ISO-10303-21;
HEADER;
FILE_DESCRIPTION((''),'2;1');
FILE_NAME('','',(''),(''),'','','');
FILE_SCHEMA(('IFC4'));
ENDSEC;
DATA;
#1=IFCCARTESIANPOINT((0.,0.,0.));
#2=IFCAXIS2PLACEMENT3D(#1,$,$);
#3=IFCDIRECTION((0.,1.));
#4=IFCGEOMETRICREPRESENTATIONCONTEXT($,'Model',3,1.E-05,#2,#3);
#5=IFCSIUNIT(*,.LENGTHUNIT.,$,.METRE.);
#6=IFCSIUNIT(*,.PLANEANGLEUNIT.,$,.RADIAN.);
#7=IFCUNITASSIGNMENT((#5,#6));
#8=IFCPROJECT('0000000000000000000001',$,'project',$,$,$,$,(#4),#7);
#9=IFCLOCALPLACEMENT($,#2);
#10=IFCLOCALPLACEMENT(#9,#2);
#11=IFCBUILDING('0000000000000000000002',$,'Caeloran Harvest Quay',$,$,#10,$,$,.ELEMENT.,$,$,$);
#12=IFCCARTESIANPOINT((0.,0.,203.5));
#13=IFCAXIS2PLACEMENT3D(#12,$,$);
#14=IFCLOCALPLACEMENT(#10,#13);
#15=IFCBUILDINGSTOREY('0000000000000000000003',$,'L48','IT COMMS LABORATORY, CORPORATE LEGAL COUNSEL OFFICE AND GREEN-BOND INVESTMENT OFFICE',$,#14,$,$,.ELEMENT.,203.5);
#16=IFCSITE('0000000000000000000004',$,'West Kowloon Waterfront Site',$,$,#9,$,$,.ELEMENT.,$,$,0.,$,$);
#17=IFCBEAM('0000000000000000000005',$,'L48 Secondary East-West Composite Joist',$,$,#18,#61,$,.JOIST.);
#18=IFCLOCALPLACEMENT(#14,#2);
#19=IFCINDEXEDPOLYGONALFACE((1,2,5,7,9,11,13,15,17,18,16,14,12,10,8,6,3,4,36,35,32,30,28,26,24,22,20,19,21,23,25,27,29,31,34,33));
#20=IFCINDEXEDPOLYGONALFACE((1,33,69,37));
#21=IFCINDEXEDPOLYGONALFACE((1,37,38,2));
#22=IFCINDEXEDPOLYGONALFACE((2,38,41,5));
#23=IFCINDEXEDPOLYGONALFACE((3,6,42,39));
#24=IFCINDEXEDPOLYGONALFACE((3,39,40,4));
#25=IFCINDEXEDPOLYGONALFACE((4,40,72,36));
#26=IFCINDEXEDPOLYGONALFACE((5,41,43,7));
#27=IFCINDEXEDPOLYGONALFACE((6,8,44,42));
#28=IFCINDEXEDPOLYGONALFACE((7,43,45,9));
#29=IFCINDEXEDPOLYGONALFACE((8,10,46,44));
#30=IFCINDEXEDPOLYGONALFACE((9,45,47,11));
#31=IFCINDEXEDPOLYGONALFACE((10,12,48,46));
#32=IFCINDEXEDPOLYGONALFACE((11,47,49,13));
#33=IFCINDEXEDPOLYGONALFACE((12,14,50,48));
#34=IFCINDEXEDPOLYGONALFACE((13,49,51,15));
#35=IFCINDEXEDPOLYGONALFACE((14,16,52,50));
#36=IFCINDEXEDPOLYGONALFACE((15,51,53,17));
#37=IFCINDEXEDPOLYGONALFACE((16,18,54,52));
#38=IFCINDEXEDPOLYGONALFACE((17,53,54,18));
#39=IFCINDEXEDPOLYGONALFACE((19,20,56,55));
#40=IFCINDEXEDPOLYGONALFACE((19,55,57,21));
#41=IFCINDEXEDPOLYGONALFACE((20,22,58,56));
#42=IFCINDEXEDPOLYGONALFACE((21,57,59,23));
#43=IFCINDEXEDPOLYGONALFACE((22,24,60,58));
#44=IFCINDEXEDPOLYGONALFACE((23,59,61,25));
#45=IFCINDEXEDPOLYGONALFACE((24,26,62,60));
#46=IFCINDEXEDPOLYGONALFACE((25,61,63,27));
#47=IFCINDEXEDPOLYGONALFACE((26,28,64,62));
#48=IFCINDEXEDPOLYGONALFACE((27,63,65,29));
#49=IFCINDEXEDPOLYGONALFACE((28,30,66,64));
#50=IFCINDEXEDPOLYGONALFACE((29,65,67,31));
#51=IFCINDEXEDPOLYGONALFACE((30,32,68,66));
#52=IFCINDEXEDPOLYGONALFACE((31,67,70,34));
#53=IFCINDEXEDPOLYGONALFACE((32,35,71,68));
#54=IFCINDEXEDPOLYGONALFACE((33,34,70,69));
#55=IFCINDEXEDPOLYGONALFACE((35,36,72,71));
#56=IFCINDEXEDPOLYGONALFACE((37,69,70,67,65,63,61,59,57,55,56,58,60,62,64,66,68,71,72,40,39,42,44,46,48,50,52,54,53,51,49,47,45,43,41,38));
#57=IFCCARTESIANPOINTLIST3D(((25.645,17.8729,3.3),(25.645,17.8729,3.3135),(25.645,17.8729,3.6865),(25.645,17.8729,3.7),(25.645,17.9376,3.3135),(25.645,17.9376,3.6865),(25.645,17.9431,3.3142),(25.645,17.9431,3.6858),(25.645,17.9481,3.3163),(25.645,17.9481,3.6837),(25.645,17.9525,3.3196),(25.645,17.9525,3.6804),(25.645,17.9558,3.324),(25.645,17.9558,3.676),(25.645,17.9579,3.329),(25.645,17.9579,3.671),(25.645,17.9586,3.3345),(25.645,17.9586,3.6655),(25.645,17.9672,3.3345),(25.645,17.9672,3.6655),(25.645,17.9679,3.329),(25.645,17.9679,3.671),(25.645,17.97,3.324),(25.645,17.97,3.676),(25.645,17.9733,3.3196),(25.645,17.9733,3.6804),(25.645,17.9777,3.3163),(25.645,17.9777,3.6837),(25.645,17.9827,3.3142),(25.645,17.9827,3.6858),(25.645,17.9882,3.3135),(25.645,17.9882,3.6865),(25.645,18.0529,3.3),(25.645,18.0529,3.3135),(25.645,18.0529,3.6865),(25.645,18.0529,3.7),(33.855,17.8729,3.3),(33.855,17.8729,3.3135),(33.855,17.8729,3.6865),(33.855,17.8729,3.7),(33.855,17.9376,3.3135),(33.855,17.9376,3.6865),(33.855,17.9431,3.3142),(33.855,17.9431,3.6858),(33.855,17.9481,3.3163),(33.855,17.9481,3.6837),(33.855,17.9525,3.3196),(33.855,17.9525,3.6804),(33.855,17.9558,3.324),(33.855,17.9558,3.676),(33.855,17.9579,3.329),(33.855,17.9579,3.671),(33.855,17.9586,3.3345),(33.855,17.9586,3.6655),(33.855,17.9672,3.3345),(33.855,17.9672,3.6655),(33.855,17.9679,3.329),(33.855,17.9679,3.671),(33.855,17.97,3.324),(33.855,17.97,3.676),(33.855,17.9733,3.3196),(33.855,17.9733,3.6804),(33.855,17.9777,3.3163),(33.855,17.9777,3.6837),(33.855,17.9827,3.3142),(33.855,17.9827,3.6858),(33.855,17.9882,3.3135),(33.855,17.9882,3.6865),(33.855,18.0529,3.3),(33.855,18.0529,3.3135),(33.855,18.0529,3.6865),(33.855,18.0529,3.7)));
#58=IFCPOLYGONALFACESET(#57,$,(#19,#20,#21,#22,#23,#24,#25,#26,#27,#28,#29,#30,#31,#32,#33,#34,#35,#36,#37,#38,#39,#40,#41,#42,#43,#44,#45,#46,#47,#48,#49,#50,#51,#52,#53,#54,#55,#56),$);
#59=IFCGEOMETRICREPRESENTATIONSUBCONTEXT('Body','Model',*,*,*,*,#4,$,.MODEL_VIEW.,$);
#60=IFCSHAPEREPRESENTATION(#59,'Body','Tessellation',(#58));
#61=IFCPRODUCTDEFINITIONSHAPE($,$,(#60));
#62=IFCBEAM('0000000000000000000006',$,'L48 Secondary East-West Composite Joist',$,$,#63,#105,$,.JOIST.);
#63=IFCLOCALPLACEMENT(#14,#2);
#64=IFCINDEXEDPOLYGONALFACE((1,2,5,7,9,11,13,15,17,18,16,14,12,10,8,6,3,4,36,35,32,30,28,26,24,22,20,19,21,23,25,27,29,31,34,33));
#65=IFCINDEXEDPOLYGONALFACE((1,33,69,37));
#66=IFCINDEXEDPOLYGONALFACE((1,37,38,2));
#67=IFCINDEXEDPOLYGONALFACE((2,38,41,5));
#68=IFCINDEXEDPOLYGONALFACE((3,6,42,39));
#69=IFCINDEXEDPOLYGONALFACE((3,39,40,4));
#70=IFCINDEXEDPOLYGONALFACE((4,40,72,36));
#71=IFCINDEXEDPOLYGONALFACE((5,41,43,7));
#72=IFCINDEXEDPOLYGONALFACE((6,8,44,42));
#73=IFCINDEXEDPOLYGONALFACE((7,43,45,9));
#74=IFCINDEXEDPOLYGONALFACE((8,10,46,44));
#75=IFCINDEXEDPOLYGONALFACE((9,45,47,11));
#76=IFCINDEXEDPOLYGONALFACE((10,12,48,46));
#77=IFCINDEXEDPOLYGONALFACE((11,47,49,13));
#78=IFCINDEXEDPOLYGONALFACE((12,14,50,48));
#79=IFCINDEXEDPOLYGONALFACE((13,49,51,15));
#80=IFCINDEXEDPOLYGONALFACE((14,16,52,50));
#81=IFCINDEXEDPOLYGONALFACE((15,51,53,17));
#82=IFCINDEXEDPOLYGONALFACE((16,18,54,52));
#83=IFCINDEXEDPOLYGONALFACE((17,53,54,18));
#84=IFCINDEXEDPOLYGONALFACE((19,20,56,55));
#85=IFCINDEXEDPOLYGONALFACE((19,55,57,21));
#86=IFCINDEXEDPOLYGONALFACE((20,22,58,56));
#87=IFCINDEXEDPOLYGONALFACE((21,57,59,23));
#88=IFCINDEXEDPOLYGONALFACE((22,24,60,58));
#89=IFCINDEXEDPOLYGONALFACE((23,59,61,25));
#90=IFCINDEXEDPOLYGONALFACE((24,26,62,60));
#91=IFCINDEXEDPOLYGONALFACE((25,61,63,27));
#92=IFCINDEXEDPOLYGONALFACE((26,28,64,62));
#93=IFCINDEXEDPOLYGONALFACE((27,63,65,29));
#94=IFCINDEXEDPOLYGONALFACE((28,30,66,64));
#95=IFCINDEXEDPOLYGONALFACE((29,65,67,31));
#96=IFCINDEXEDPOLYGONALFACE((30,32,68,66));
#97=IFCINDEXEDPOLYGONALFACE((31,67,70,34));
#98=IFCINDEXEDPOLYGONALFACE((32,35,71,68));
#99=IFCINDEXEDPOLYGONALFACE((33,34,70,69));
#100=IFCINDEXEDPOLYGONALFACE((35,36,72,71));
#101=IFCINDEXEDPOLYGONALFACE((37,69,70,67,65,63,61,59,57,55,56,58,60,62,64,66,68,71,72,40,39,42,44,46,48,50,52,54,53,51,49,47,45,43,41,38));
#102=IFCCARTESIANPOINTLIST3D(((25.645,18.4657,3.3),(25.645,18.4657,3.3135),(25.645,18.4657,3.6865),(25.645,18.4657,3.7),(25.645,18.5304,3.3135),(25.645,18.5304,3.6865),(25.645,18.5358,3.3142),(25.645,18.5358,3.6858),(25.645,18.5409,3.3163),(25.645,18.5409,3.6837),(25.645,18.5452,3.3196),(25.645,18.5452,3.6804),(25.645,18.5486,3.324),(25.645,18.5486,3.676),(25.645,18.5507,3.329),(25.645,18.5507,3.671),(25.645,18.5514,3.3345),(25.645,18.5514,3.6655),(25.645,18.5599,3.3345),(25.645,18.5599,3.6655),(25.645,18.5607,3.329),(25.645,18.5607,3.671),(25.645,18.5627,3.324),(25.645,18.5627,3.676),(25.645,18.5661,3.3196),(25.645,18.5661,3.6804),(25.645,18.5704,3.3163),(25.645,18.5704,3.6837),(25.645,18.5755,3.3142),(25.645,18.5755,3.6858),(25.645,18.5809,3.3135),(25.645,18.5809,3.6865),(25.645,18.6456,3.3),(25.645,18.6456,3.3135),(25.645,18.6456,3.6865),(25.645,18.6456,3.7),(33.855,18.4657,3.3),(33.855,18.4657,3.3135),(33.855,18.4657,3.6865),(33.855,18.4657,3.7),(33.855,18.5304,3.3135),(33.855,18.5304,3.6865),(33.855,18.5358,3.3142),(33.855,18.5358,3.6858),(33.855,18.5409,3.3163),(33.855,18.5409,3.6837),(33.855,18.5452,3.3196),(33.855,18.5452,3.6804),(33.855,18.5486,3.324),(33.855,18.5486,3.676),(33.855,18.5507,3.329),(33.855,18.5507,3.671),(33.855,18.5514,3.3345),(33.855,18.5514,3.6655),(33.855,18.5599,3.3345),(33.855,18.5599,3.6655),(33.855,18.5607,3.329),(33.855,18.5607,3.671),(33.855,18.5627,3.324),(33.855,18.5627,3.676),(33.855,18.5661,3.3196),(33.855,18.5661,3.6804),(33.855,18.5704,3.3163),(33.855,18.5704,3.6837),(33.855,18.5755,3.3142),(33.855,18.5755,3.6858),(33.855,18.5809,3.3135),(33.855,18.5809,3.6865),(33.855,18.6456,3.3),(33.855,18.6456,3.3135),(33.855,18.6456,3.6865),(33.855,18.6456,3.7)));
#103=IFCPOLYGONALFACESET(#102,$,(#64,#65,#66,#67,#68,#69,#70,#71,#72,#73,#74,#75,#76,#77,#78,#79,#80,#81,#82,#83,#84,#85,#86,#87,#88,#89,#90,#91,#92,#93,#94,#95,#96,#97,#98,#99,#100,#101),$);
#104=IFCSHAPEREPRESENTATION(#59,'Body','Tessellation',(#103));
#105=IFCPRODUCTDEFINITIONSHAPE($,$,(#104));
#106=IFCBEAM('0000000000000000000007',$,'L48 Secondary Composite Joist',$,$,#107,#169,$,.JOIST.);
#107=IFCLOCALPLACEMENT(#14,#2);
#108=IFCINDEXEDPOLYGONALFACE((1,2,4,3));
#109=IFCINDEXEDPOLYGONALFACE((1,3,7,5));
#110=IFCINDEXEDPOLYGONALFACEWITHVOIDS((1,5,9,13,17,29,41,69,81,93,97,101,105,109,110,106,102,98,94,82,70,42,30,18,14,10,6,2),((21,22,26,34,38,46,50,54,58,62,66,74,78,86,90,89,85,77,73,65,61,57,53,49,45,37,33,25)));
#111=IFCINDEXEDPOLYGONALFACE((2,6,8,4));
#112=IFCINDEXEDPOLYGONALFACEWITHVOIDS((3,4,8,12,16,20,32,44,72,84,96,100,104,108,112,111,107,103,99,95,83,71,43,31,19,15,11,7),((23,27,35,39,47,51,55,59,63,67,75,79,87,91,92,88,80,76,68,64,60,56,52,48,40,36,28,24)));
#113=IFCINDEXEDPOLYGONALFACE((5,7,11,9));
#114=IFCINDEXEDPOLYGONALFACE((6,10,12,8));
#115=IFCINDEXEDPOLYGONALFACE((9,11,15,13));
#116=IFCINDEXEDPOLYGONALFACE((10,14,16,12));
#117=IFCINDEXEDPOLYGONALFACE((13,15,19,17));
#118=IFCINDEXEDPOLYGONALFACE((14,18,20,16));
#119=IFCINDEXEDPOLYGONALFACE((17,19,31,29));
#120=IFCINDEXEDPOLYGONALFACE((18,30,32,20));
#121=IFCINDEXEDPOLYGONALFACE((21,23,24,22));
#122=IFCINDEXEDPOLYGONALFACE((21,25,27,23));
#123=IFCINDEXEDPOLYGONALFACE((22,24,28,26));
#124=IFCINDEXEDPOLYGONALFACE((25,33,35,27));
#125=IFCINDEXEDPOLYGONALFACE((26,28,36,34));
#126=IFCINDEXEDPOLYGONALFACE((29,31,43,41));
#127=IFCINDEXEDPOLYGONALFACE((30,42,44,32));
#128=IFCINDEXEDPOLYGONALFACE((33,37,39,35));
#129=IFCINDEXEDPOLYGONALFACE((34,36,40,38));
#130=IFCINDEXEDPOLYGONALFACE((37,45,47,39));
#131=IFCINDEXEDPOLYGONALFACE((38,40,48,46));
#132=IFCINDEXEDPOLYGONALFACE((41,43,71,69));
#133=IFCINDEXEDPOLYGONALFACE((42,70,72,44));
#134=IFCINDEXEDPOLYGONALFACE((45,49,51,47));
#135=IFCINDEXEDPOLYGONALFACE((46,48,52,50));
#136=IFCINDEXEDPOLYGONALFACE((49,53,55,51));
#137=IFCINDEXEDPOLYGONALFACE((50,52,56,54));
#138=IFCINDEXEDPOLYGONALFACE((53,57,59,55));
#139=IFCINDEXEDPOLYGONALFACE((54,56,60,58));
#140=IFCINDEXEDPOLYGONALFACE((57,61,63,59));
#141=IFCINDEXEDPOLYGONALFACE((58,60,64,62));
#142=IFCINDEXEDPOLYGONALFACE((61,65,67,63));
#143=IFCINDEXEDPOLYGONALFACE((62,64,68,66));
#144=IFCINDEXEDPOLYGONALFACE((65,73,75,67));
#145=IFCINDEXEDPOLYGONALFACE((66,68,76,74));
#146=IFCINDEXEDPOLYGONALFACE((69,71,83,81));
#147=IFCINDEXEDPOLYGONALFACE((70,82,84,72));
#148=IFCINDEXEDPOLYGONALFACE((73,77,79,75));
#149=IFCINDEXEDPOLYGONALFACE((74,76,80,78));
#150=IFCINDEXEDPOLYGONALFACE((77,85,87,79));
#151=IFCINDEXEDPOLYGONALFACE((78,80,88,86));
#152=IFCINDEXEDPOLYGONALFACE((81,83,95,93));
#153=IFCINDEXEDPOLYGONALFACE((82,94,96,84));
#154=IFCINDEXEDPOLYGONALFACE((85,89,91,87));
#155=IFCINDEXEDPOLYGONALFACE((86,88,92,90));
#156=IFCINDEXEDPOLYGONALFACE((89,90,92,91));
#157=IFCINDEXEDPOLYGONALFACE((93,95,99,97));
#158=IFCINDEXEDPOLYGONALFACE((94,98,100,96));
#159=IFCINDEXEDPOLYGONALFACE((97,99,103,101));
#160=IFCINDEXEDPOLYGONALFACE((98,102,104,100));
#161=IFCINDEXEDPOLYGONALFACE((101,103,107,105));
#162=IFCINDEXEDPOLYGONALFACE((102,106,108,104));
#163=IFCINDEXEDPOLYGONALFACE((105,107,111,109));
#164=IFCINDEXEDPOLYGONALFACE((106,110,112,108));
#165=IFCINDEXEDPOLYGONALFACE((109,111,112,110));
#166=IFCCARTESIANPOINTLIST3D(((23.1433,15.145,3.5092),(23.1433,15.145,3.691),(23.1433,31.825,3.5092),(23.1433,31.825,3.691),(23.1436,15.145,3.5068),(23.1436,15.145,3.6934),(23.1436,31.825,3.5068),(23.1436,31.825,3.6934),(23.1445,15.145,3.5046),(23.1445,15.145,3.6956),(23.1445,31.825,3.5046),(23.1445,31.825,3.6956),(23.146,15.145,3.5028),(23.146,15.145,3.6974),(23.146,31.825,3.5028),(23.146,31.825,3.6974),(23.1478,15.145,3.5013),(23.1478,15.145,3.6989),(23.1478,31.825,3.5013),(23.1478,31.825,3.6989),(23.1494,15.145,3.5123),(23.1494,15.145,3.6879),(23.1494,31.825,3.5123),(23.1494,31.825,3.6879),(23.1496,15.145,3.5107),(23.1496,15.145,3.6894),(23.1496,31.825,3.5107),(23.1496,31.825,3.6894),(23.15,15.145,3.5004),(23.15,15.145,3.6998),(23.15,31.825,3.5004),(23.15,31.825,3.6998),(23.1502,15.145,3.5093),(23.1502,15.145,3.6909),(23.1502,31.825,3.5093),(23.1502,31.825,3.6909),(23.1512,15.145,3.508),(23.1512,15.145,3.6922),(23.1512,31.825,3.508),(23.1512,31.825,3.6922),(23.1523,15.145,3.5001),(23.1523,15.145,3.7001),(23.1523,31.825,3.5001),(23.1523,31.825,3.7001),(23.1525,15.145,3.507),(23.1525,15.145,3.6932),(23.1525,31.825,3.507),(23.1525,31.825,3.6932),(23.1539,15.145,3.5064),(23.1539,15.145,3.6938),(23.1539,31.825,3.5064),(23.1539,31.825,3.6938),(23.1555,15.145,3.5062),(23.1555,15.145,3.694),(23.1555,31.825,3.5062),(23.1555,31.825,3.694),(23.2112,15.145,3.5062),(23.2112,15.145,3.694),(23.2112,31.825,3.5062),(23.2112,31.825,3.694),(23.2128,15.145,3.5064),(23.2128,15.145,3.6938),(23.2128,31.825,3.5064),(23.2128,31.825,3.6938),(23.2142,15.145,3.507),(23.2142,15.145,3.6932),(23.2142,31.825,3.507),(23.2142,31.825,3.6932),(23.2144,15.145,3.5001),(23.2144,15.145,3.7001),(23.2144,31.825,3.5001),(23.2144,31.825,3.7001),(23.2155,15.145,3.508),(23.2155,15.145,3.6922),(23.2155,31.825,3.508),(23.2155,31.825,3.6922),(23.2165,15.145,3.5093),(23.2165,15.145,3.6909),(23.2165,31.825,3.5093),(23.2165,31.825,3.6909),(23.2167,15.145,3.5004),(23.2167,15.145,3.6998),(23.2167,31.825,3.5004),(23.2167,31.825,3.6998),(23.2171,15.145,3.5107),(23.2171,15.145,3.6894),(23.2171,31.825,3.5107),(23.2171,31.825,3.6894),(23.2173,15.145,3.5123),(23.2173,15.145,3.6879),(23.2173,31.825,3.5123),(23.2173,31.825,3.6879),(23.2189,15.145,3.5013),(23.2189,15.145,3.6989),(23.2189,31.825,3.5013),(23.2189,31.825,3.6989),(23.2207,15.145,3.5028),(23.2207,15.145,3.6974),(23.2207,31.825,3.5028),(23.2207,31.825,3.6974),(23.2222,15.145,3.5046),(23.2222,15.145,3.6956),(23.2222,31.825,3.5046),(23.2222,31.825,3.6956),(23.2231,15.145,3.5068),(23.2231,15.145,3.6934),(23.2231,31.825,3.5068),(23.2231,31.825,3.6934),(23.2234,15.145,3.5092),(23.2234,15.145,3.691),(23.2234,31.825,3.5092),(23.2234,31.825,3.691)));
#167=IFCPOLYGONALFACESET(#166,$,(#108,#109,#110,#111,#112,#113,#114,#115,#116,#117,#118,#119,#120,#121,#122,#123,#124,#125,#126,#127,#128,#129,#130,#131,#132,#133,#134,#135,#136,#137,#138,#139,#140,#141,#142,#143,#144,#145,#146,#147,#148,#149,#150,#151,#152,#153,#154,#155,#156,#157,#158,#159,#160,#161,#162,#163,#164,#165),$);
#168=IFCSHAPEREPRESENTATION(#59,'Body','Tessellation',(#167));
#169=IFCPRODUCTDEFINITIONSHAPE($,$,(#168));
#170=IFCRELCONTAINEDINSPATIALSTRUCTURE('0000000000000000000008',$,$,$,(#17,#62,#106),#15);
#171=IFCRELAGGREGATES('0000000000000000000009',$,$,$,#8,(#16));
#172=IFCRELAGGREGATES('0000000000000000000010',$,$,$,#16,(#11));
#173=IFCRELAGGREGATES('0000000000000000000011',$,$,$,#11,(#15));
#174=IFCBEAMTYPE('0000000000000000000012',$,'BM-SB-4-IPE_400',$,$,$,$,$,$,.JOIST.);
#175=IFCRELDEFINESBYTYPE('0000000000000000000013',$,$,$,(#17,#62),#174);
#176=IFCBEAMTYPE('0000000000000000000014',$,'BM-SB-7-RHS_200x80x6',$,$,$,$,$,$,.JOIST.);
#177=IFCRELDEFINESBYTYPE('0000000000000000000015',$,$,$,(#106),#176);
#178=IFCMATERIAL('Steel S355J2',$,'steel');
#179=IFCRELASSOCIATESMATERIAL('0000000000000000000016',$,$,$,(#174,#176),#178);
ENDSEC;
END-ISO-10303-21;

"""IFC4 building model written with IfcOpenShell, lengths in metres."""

from ifc_helpers import new_model, si_unit, direction, frame, origin, origin_2d, place, context, subcontext, project, spatial, hollow_rectangle, i_section, extrude, material, material_profile, profile_set, type_object, element, save


model = new_model("IFC4")

# Units and contexts
model_context = context("Model", 3, precision=1e-05, world=origin(), true_north=direction((0.0, 1.0)))
body_context = subcontext(model_context, "Body", "Model", "MODEL_VIEW")
ifc_project = project(units=[si_unit("LENGTHUNIT", "METRE"), si_unit("PLANEANGLEUNIT", "RADIAN")], contexts=[model_context])

# Site, building, storey
site_placement = place(None, origin())
site = spatial("IfcSite", under=ifc_project, at=site_placement, Name="West Kowloon Waterfront Site", CompositionType="ELEMENT", RefElevation=0.0)
building_placement = place(site_placement, origin())
building = spatial("IfcBuilding", under=site, at=building_placement, Name="Caeloran Harvest Quay", CompositionType="ELEMENT")
storey_placement = place(building_placement, frame((0.0, 0.0, 203.5)))
storey = spatial("IfcBuildingStorey", under=building, at=storey_placement, Name="L48", Description="IT COMMS LABORATORY, CORPORATE LEGAL COUNSEL OFFICE AND GREEN-BOND INVESTMENT OFFICE", CompositionType="ELEMENT", Elevation=203.5)

# Beams
ifc_material_1 = material(Name="Steel S355J2", Category="steel")
ifc_material_profile_1 = material_profile(ifc_material_1, i_section(OverallWidth=0.1799, OverallDepth=0.3999, WebThickness=0.0085, FlangeThickness=0.0134, FilletRadius=0.021, at=origin_2d()), Name="IPE 400")
ifc_profile_set_1 = profile_set([ifc_material_profile_1], Name="Steel S355J2")
beam_type_1 = type_object("IfcBeamType", Name="BM-SB-4-IPE_400", PredefinedType="JOIST", material=ifc_profile_set_1)
for number, where, z_axis, x_axis, name in (
    (1, (25.645, 17.9629, 3.5), (1.0, 0.0, 0.0), (0.0, 1.0, 0.0), "L48 Secondary East-West Composite Joist"),
    (2, (25.645, 18.5557, 3.5), (1.0, 0.0, 0.0), (0.0, 1.0, 0.0), "L48 Secondary East-West Composite Joist"),
):
    element("IfcBeam", number, at=place(storey_placement, frame(where, z_axis=z_axis, x_axis=x_axis)), inside=storey, type_object=beam_type_1, Name=name, PredefinedType="JOIST", context=body_context, shape_type="SweptSolid", body=[
        extrude(i_section(OverallWidth=0.1799, OverallDepth=0.3999, WebThickness=0.0085, FlangeThickness=0.0134, FilletRadius=0.021, at=origin_2d()), origin(), (0.0, 0.0, 1.0), 8.21),
    ])
ifc_material_profile_2 = material_profile(ifc_material_1, hollow_rectangle(XDim=0.0801, YDim=0.2, WallThickness=0.0061, InnerFilletRadius=0.0061, OuterFilletRadius=0.009, at=origin_2d()), Name="RHS 200x80x6")
ifc_profile_set_2 = profile_set([ifc_material_profile_2], Name="Steel S355J2")
beam_type_2 = type_object("IfcBeamType", Name="BM-SB-7-RHS_200x80x6", PredefinedType="JOIST", material=ifc_profile_set_2)
beam_1_placement = place(storey_placement, frame((23.1833, 15.145, 3.6001), z_axis=(0.0, 1.0, 0.0), x_axis=(-1.0, 0.0, 0.0)))
element("IfcBeam", 3, at=beam_1_placement, inside=storey, type_object=beam_type_2, Name="L48 Secondary Composite Joist", PredefinedType="JOIST", context=body_context, shape_type="SweptSolid", body=[
    extrude(hollow_rectangle(XDim=0.0801, YDim=0.2, WallThickness=0.0061, InnerFilletRadius=0.0061, OuterFilletRadius=0.009, at=origin_2d()), origin(), (0.0, 0.0, 1.0), 16.6799),
])

save(model, "model.ifc")
